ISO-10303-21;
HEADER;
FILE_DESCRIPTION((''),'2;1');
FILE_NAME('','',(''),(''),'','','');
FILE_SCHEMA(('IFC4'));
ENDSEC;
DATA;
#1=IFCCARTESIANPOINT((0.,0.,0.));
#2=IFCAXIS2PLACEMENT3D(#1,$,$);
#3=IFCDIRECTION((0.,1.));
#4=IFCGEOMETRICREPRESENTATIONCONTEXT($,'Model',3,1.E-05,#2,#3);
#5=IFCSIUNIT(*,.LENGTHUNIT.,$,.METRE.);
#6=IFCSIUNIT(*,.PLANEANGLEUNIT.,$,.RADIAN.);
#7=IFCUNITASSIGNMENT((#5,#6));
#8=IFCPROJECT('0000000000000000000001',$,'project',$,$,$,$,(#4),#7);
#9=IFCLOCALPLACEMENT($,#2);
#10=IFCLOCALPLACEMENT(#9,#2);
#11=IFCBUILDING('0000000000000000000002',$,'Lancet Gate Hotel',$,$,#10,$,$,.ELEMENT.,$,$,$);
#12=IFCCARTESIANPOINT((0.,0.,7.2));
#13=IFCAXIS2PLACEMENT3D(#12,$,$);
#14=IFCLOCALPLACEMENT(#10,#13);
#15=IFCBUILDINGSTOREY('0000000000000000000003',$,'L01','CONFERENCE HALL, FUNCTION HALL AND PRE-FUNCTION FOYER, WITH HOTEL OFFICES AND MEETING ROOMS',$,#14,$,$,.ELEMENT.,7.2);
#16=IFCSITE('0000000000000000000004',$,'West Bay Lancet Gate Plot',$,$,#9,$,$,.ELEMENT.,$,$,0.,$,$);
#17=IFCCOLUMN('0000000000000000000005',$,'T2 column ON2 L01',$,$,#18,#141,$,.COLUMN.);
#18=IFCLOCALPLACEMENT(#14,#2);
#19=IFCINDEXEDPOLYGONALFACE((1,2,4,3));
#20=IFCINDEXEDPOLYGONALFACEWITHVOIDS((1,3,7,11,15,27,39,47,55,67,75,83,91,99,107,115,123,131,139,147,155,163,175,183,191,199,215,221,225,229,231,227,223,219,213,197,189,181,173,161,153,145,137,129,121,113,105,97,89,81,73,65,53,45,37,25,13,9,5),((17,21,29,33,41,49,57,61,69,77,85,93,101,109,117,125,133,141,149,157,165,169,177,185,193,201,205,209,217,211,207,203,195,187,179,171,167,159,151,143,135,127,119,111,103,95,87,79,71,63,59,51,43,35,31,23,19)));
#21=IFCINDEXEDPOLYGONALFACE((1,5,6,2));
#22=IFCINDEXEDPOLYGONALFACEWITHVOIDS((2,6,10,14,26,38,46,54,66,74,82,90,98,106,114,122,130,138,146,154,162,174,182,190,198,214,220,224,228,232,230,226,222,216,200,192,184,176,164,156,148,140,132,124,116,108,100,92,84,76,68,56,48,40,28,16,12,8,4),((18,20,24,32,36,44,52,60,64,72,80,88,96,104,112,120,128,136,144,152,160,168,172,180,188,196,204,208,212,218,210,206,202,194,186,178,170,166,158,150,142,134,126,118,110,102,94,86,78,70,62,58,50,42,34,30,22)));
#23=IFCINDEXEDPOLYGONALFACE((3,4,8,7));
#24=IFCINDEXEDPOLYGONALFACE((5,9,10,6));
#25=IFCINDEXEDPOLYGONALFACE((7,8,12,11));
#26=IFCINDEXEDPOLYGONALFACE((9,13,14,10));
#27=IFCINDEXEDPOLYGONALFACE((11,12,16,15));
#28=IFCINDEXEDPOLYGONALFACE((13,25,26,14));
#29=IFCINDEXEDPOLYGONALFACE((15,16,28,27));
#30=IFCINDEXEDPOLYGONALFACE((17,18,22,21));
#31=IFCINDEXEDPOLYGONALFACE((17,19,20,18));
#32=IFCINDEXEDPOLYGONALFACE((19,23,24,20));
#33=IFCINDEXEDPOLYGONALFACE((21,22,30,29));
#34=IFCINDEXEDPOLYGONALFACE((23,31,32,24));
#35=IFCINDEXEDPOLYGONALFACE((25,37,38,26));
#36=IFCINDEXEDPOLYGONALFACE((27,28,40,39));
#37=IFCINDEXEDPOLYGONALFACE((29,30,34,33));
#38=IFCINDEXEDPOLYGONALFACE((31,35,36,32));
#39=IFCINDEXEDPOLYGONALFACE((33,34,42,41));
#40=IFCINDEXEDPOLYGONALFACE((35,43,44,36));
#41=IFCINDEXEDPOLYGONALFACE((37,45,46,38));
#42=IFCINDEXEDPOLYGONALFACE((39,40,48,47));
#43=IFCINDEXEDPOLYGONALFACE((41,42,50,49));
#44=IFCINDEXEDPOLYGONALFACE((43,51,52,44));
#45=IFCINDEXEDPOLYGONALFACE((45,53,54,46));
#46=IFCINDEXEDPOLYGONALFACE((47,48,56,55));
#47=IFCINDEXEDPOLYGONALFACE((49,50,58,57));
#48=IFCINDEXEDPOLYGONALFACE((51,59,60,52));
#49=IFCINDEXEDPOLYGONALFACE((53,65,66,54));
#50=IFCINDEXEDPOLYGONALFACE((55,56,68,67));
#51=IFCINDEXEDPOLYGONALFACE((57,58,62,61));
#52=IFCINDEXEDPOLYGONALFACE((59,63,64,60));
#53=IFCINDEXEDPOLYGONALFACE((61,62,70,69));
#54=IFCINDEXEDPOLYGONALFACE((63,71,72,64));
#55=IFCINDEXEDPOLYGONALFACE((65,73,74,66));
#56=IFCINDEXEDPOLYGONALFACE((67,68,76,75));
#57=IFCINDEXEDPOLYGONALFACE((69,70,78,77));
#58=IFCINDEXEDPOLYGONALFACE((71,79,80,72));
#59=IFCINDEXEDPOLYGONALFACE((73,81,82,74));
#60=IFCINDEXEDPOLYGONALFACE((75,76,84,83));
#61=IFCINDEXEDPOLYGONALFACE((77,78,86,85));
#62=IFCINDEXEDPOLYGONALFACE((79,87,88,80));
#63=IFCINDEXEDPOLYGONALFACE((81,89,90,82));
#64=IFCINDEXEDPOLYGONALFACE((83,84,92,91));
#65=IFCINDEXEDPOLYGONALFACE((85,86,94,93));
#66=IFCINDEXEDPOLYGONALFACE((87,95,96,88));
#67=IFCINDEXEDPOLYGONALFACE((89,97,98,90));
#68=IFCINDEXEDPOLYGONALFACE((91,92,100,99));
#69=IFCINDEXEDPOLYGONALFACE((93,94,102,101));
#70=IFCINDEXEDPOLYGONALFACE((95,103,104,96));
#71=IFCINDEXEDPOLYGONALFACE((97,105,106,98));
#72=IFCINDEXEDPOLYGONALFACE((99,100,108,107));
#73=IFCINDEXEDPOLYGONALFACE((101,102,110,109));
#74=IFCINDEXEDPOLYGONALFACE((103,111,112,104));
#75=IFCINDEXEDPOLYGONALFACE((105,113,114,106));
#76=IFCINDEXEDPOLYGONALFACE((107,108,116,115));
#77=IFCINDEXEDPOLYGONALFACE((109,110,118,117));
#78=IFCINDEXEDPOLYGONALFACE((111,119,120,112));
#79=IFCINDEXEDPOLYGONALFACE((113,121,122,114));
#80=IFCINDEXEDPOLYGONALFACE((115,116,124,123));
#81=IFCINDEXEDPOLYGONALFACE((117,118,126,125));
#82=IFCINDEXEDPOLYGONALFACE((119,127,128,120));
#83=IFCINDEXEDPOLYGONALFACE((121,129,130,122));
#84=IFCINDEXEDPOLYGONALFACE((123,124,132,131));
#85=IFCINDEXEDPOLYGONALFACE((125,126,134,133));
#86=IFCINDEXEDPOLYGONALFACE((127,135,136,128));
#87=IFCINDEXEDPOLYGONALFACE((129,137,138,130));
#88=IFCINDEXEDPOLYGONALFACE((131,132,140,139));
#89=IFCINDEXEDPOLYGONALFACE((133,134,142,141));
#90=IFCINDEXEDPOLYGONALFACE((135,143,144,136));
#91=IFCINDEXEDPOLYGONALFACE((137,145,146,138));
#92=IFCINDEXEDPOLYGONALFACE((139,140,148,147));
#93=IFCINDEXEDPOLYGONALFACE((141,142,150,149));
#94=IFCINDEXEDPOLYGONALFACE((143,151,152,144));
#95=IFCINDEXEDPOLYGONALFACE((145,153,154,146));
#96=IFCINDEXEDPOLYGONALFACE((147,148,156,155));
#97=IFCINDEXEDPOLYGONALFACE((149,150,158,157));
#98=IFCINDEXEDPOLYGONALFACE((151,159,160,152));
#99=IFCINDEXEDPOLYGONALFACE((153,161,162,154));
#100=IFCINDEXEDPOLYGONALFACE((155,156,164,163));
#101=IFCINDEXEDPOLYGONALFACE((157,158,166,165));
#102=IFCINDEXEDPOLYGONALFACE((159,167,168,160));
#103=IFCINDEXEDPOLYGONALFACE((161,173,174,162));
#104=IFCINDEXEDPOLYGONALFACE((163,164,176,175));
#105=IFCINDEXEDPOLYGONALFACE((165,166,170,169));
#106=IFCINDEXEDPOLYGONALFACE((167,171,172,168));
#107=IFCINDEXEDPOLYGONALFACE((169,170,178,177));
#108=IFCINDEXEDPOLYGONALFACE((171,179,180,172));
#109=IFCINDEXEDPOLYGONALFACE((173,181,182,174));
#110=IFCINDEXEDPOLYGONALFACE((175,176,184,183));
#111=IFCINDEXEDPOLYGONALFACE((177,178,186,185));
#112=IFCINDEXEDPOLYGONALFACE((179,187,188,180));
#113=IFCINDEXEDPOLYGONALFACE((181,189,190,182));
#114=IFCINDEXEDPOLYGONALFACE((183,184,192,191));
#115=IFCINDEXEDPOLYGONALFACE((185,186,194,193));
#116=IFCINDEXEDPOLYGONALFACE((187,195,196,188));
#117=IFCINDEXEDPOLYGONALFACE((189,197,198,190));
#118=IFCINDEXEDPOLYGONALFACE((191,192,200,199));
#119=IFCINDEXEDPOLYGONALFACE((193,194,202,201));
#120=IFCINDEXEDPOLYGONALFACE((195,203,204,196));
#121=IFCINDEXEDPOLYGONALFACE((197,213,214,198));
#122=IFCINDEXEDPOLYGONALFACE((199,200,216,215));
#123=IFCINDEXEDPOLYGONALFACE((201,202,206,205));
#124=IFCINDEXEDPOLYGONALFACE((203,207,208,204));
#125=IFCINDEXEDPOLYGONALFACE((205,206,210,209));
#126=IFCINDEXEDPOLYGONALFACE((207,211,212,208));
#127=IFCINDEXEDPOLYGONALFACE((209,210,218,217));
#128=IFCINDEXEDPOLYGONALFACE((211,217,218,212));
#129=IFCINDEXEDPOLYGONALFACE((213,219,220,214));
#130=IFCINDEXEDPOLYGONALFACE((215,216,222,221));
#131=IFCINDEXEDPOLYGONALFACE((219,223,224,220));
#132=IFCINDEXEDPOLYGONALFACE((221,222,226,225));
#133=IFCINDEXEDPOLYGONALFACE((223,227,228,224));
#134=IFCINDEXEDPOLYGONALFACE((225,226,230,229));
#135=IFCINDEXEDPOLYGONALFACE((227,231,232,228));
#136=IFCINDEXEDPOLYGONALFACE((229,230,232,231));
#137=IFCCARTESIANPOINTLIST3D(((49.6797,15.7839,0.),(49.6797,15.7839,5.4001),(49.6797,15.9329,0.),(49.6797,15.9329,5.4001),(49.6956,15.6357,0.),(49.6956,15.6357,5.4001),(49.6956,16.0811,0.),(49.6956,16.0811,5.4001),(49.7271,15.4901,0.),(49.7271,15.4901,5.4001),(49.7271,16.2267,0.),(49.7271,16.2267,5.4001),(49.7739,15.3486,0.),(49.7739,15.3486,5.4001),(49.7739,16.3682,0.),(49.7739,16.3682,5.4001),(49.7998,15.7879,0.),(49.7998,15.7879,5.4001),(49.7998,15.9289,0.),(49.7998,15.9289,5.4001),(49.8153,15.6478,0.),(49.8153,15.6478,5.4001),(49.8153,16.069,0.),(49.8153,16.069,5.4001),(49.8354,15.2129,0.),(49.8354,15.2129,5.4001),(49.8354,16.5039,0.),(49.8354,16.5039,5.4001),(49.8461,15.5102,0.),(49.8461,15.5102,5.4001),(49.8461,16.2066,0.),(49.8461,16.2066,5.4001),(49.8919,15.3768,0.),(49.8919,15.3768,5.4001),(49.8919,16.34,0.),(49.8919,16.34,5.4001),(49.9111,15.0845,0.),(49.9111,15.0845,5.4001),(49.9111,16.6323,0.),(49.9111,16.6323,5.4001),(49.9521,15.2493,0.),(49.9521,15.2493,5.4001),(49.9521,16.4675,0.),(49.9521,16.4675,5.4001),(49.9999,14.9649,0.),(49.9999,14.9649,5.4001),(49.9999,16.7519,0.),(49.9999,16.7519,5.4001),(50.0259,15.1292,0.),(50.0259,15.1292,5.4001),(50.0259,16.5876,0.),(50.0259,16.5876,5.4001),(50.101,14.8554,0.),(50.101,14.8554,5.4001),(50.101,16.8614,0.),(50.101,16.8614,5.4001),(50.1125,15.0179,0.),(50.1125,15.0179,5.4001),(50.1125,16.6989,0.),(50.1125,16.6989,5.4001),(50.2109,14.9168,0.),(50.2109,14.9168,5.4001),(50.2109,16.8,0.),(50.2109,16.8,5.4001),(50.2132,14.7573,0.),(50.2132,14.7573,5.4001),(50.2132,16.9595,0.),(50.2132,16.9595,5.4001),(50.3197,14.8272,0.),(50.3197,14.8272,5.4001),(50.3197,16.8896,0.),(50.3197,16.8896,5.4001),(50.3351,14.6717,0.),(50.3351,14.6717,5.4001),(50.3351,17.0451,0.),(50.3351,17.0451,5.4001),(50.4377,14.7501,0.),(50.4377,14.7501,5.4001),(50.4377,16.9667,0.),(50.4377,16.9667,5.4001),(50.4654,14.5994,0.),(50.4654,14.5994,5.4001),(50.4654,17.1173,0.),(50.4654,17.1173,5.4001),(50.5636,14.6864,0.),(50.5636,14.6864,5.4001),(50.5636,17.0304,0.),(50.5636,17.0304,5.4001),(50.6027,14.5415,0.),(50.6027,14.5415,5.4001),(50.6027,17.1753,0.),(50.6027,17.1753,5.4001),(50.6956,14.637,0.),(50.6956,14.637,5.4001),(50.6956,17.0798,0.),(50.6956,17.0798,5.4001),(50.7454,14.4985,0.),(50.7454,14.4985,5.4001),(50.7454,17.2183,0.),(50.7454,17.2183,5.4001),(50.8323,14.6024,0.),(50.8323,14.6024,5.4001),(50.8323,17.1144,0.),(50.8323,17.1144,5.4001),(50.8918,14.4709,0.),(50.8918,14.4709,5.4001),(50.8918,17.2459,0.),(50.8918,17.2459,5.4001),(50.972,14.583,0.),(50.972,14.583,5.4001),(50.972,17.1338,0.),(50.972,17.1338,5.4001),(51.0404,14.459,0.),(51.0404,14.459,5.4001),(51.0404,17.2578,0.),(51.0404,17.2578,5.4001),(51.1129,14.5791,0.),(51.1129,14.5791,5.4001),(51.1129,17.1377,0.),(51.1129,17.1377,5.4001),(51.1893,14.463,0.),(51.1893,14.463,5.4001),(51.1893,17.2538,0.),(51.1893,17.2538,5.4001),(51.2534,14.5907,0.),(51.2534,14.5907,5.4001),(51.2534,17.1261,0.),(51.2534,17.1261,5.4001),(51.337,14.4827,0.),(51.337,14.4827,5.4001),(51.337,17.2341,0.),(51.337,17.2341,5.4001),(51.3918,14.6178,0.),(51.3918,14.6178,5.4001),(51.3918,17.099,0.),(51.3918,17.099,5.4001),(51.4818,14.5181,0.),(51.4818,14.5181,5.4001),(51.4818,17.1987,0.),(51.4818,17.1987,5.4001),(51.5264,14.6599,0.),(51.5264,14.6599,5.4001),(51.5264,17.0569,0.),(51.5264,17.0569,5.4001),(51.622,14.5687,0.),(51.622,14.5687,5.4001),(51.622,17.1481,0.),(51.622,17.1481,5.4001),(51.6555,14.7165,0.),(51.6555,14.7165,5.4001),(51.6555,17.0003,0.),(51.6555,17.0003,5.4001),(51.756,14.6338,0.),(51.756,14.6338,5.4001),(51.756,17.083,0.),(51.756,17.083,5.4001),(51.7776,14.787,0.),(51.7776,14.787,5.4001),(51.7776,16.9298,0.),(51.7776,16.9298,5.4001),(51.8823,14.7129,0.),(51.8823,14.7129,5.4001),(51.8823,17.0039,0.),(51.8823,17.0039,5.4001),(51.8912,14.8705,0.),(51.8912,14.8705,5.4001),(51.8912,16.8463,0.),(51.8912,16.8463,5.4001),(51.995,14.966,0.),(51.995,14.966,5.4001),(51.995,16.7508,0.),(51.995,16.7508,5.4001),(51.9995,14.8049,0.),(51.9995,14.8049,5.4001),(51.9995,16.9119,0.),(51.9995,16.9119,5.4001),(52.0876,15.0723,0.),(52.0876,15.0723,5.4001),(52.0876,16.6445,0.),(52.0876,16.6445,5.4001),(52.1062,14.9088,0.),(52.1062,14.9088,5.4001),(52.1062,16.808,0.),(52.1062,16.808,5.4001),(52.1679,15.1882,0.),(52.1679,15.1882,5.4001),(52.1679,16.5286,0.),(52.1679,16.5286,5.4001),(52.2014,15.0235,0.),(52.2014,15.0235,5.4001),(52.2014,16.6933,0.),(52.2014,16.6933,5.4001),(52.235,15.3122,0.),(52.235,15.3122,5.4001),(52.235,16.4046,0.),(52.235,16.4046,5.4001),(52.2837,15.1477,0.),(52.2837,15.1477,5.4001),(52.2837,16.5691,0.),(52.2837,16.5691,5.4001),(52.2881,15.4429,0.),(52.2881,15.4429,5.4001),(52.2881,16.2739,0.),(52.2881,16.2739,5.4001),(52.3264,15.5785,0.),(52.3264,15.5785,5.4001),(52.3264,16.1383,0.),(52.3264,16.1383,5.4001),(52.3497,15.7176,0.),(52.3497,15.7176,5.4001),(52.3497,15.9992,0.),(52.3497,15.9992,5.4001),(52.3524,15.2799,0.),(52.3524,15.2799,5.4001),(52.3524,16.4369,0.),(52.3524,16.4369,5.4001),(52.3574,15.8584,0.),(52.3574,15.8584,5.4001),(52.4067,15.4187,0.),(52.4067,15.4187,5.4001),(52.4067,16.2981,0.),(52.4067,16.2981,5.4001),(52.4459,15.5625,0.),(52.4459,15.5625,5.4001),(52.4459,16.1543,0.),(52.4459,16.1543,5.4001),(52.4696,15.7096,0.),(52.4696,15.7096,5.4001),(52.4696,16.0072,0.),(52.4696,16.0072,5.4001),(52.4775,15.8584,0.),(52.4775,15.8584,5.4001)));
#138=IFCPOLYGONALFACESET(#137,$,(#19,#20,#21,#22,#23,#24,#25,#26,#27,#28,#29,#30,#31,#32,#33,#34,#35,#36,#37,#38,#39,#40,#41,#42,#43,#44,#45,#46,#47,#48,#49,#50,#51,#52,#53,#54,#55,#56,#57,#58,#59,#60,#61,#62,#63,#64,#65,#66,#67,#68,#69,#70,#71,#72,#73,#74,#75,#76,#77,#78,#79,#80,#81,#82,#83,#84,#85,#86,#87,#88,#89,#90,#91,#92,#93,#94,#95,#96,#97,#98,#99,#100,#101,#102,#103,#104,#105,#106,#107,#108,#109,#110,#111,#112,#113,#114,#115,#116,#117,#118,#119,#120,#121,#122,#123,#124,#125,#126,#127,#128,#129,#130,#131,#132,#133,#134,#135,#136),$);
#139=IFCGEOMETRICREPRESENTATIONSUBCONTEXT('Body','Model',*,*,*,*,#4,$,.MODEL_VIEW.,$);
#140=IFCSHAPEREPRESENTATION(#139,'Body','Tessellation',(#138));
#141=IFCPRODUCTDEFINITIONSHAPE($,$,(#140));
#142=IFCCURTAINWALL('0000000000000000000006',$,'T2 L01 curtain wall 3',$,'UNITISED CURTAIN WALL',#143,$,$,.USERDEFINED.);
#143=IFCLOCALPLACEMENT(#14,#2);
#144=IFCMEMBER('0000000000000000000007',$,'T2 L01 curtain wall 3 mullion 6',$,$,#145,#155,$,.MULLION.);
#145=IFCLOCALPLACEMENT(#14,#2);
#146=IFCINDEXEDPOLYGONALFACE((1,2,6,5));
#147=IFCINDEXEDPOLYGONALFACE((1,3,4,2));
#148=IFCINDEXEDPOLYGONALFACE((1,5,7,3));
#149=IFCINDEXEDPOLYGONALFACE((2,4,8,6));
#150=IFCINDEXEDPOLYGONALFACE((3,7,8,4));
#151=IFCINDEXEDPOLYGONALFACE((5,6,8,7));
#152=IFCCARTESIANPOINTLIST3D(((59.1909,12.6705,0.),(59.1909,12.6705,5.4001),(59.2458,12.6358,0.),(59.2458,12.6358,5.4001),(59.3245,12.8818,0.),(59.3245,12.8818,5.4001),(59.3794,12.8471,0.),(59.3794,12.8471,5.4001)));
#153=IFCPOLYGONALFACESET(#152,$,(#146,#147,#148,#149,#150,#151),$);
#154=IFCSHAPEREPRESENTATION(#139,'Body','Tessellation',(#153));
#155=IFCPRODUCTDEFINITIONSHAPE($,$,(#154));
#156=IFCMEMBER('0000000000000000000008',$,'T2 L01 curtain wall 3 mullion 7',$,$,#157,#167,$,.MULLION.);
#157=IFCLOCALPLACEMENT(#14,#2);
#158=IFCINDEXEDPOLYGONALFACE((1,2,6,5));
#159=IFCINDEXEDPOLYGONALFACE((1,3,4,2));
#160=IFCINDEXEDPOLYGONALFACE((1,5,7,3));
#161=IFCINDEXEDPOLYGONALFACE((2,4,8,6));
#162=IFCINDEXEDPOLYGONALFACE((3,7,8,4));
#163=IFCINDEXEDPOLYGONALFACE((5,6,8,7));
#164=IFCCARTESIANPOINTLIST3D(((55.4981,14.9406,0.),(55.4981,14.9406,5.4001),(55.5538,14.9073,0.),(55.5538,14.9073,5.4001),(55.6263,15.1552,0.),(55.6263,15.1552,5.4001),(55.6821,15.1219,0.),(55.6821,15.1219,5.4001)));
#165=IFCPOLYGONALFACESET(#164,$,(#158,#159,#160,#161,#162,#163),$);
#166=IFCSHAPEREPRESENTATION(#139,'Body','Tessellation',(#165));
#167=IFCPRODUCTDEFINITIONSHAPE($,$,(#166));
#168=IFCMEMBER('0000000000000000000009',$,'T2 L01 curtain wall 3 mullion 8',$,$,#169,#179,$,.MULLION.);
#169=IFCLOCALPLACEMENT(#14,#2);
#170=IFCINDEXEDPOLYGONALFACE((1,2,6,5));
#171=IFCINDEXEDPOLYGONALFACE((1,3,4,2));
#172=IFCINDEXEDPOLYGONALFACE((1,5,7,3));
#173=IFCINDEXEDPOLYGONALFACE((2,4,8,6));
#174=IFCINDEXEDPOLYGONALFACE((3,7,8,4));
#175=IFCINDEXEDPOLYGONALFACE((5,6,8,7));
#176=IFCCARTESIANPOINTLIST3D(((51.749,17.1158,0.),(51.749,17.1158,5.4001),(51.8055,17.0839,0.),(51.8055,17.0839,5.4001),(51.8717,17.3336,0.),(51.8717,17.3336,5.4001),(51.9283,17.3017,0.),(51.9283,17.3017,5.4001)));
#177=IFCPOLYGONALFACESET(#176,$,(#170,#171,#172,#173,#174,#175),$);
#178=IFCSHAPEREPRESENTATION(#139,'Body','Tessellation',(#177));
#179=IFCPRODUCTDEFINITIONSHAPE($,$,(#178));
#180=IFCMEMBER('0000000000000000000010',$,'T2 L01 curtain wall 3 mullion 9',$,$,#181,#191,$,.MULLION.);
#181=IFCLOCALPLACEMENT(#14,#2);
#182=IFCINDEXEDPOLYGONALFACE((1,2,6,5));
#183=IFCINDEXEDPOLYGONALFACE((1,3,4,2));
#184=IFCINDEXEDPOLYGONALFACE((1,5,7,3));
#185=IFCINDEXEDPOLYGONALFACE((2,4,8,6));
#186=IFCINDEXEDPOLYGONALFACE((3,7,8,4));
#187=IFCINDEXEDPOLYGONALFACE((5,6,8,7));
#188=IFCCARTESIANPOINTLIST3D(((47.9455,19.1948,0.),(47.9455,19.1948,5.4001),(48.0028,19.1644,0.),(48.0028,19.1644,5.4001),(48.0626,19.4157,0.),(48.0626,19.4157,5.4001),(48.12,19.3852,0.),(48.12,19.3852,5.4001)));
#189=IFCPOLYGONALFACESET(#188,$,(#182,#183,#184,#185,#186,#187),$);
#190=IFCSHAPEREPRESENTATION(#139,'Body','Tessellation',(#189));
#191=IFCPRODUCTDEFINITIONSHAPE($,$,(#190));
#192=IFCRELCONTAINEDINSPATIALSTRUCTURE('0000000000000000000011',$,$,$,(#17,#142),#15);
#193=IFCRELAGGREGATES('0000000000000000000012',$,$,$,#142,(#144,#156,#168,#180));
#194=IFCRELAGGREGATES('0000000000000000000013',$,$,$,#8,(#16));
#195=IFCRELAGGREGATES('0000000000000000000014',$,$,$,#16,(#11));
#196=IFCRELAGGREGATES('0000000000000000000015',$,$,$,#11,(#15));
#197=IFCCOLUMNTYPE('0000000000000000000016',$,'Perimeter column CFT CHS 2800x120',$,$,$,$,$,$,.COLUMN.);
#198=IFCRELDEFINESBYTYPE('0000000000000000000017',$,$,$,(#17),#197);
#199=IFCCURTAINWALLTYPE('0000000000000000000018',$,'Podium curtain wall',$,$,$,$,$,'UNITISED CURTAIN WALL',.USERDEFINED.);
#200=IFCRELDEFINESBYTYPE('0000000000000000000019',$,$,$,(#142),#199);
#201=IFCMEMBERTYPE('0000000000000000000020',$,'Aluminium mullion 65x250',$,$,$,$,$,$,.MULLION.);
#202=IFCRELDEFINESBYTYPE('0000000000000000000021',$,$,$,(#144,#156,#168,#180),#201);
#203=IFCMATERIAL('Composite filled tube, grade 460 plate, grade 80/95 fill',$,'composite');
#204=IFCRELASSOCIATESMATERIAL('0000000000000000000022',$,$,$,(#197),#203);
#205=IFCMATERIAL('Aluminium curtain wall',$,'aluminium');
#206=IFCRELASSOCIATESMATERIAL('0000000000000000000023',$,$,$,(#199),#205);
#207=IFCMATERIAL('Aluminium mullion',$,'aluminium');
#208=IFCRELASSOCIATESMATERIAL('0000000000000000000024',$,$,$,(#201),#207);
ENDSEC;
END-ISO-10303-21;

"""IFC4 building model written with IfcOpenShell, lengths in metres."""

from ifc_helpers import new_model, si_unit, direction, frame, origin, origin_2d, place, context, subcontext, project, spatial, rectangle, hollow_circle, extrude, material, material_profile, profile_set, type_object, element, aggregate, save


model = new_model("IFC4")

# Units and contexts
model_context = context("Model", 3, precision=1e-05, world=origin(), true_north=direction((0.0, 1.0)))
body_context = subcontext(model_context, "Body", "Model", "MODEL_VIEW")
ifc_project = project(units=[si_unit("LENGTHUNIT", "METRE"), si_unit("PLANEANGLEUNIT", "RADIAN")], contexts=[model_context])

# Site, building, storey
site_placement = place(None, origin())
site = spatial("IfcSite", under=ifc_project, at=site_placement, Name="West Bay Lancet Gate Plot", CompositionType="ELEMENT", RefElevation=0.0)
building_placement = place(site_placement, origin())
building = spatial("IfcBuilding", under=site, at=building_placement, Name="Lancet Gate Hotel", CompositionType="ELEMENT")
storey_placement = place(building_placement, frame((0.0, 0.0, 7.2)))
storey = spatial("IfcBuildingStorey", under=building, at=storey_placement, Name="L01", Description="CONFERENCE HALL, FUNCTION HALL AND PRE-FUNCTION FOYER, WITH HOTEL OFFICES AND MEETING ROOMS", CompositionType="ELEMENT", Elevation=7.2)

# Column
ifc_material_1 = material(Name="Composite filled tube, grade 460 plate, grade 80/95 fill", Category="composite")
ifc_material_profile_1 = material_profile(ifc_material_1, hollow_circle(Radius=1.3999, WallThickness=0.1201, at=origin_2d()), Name="CHS 2800x120")
ifc_profile_set_1 = profile_set([ifc_material_profile_1], Name="Composite filled tube, grade 460 plate, grade 80/95 fill")
column_type = type_object("IfcColumnType", Name="Perimeter column CFT CHS 2800x120", PredefinedType="COLUMN", material=ifc_profile_set_1)
for number, where, z_axis, x_axis, name in (
    (1, (51.0776, 15.8584, 0.0), (0.0, 0.0, 1.0), (1.0, 0.0, 0.0), "T2 column ON2 L01"),
):
    element("IfcColumn", number, at=place(storey_placement, frame(where, z_axis=z_axis, x_axis=x_axis)), inside=storey, type_object=column_type, Name=name, PredefinedType="COLUMN", context=body_context, shape_type="SweptSolid", body=[
        extrude(hollow_circle(Radius=1.3999, WallThickness=0.1201, at=origin_2d()), origin(), (0.0, 0.0, 1.0), 5.4001),
    ])

# Curtain wall, members
ifc_material_2 = material(Name="Aluminium curtain wall", Category="aluminium")
curtain_wall_type = type_object("IfcCurtainWallType", Name="Podium curtain wall", ElementType="UNITISED CURTAIN WALL", PredefinedType="USERDEFINED", material=ifc_material_2)
curtain_wall_placement = place(storey_placement, origin())
curtain_wall = element("IfcCurtainWall", 2, at=curtain_wall_placement, inside=storey, type_object=curtain_wall_type, Name="T2 L01 curtain wall 3", ObjectType="UNITISED CURTAIN WALL", PredefinedType="USERDEFINED")
ifc_material_3 = material(Name="Aluminium mullion", Category="aluminium")
ifc_material_profile_2 = material_profile(ifc_material_3, rectangle(XDim=0.0649, YDim=0.25, at=origin_2d()), Name="MULLION 65x250")
ifc_profile_set_2 = profile_set([ifc_material_profile_2], Name="Aluminium mullion")
member_type_1 = type_object("IfcMemberType", Name="Aluminium mullion 65x250", PredefinedType="MULLION", material=ifc_profile_set_2)
member_1_placement = place(storey_placement, frame((59.2852, 12.7588, 0.0), z_axis=(0.0, 0.0, 1.0), x_axis=(-0.845079, 0.534641, 0.0)))
member_1 = element("IfcMember", 3, at=member_1_placement, type_object=member_type_1, Name="T2 L01 curtain wall 3 mullion 6", PredefinedType="MULLION", context=body_context, shape_type="SweptSolid", body=[
    extrude(rectangle(XDim=0.0649, YDim=0.25, at=origin_2d()), origin(), (0.0, 0.0, 1.0), 5.4001),
])
member_2_placement = place(storey_placement, frame((55.5901, 15.0312, 0.0), z_axis=(0.0, 0.0, 1.0), x_axis=(-0.858413, 0.512959, 0.0)))
member_2 = element("IfcMember", 4, at=member_2_placement, type_object=member_type_1, Name="T2 L01 curtain wall 3 mullion 7", PredefinedType="MULLION", context=body_context, shape_type="SweptSolid", body=[
    extrude(rectangle(XDim=0.0649, YDim=0.25, at=origin_2d()), origin(), (0.0, 0.0, 1.0), 5.4001),
])
member_3_placement = place(storey_placement, frame((51.8386, 17.2087, 0.0), z_axis=(0.0, 0.0, 1.0), x_axis=(-0.87119, 0.490945, 0.0)))
member_3 = element("IfcMember", 5, at=member_3_placement, type_object=member_type_1, Name="T2 L01 curtain wall 3 mullion 8", PredefinedType="MULLION", context=body_context, shape_type="SweptSolid", body=[
    extrude(rectangle(XDim=0.0649, YDim=0.25, at=origin_2d()), origin(), (0.0, 0.0, 1.0), 5.4001),
])
member_4_placement = place(storey_placement, frame((48.0327, 19.29, 0.0), z_axis=(0.0, 0.0, 1.0), x_axis=(-0.883403, 0.468613, 0.0)))
member_4 = element("IfcMember", 6, at=member_4_placement, type_object=member_type_1, Name="T2 L01 curtain wall 3 mullion 9", PredefinedType="MULLION", context=body_context, shape_type="SweptSolid", body=[
    extrude(rectangle(XDim=0.0649, YDim=0.25, at=origin_2d()), origin(), (0.0, 0.0, 1.0), 5.4001),
])

aggregate(curtain_wall, [member_1, member_2, member_3, member_4])

save(model, "model.ifc")
